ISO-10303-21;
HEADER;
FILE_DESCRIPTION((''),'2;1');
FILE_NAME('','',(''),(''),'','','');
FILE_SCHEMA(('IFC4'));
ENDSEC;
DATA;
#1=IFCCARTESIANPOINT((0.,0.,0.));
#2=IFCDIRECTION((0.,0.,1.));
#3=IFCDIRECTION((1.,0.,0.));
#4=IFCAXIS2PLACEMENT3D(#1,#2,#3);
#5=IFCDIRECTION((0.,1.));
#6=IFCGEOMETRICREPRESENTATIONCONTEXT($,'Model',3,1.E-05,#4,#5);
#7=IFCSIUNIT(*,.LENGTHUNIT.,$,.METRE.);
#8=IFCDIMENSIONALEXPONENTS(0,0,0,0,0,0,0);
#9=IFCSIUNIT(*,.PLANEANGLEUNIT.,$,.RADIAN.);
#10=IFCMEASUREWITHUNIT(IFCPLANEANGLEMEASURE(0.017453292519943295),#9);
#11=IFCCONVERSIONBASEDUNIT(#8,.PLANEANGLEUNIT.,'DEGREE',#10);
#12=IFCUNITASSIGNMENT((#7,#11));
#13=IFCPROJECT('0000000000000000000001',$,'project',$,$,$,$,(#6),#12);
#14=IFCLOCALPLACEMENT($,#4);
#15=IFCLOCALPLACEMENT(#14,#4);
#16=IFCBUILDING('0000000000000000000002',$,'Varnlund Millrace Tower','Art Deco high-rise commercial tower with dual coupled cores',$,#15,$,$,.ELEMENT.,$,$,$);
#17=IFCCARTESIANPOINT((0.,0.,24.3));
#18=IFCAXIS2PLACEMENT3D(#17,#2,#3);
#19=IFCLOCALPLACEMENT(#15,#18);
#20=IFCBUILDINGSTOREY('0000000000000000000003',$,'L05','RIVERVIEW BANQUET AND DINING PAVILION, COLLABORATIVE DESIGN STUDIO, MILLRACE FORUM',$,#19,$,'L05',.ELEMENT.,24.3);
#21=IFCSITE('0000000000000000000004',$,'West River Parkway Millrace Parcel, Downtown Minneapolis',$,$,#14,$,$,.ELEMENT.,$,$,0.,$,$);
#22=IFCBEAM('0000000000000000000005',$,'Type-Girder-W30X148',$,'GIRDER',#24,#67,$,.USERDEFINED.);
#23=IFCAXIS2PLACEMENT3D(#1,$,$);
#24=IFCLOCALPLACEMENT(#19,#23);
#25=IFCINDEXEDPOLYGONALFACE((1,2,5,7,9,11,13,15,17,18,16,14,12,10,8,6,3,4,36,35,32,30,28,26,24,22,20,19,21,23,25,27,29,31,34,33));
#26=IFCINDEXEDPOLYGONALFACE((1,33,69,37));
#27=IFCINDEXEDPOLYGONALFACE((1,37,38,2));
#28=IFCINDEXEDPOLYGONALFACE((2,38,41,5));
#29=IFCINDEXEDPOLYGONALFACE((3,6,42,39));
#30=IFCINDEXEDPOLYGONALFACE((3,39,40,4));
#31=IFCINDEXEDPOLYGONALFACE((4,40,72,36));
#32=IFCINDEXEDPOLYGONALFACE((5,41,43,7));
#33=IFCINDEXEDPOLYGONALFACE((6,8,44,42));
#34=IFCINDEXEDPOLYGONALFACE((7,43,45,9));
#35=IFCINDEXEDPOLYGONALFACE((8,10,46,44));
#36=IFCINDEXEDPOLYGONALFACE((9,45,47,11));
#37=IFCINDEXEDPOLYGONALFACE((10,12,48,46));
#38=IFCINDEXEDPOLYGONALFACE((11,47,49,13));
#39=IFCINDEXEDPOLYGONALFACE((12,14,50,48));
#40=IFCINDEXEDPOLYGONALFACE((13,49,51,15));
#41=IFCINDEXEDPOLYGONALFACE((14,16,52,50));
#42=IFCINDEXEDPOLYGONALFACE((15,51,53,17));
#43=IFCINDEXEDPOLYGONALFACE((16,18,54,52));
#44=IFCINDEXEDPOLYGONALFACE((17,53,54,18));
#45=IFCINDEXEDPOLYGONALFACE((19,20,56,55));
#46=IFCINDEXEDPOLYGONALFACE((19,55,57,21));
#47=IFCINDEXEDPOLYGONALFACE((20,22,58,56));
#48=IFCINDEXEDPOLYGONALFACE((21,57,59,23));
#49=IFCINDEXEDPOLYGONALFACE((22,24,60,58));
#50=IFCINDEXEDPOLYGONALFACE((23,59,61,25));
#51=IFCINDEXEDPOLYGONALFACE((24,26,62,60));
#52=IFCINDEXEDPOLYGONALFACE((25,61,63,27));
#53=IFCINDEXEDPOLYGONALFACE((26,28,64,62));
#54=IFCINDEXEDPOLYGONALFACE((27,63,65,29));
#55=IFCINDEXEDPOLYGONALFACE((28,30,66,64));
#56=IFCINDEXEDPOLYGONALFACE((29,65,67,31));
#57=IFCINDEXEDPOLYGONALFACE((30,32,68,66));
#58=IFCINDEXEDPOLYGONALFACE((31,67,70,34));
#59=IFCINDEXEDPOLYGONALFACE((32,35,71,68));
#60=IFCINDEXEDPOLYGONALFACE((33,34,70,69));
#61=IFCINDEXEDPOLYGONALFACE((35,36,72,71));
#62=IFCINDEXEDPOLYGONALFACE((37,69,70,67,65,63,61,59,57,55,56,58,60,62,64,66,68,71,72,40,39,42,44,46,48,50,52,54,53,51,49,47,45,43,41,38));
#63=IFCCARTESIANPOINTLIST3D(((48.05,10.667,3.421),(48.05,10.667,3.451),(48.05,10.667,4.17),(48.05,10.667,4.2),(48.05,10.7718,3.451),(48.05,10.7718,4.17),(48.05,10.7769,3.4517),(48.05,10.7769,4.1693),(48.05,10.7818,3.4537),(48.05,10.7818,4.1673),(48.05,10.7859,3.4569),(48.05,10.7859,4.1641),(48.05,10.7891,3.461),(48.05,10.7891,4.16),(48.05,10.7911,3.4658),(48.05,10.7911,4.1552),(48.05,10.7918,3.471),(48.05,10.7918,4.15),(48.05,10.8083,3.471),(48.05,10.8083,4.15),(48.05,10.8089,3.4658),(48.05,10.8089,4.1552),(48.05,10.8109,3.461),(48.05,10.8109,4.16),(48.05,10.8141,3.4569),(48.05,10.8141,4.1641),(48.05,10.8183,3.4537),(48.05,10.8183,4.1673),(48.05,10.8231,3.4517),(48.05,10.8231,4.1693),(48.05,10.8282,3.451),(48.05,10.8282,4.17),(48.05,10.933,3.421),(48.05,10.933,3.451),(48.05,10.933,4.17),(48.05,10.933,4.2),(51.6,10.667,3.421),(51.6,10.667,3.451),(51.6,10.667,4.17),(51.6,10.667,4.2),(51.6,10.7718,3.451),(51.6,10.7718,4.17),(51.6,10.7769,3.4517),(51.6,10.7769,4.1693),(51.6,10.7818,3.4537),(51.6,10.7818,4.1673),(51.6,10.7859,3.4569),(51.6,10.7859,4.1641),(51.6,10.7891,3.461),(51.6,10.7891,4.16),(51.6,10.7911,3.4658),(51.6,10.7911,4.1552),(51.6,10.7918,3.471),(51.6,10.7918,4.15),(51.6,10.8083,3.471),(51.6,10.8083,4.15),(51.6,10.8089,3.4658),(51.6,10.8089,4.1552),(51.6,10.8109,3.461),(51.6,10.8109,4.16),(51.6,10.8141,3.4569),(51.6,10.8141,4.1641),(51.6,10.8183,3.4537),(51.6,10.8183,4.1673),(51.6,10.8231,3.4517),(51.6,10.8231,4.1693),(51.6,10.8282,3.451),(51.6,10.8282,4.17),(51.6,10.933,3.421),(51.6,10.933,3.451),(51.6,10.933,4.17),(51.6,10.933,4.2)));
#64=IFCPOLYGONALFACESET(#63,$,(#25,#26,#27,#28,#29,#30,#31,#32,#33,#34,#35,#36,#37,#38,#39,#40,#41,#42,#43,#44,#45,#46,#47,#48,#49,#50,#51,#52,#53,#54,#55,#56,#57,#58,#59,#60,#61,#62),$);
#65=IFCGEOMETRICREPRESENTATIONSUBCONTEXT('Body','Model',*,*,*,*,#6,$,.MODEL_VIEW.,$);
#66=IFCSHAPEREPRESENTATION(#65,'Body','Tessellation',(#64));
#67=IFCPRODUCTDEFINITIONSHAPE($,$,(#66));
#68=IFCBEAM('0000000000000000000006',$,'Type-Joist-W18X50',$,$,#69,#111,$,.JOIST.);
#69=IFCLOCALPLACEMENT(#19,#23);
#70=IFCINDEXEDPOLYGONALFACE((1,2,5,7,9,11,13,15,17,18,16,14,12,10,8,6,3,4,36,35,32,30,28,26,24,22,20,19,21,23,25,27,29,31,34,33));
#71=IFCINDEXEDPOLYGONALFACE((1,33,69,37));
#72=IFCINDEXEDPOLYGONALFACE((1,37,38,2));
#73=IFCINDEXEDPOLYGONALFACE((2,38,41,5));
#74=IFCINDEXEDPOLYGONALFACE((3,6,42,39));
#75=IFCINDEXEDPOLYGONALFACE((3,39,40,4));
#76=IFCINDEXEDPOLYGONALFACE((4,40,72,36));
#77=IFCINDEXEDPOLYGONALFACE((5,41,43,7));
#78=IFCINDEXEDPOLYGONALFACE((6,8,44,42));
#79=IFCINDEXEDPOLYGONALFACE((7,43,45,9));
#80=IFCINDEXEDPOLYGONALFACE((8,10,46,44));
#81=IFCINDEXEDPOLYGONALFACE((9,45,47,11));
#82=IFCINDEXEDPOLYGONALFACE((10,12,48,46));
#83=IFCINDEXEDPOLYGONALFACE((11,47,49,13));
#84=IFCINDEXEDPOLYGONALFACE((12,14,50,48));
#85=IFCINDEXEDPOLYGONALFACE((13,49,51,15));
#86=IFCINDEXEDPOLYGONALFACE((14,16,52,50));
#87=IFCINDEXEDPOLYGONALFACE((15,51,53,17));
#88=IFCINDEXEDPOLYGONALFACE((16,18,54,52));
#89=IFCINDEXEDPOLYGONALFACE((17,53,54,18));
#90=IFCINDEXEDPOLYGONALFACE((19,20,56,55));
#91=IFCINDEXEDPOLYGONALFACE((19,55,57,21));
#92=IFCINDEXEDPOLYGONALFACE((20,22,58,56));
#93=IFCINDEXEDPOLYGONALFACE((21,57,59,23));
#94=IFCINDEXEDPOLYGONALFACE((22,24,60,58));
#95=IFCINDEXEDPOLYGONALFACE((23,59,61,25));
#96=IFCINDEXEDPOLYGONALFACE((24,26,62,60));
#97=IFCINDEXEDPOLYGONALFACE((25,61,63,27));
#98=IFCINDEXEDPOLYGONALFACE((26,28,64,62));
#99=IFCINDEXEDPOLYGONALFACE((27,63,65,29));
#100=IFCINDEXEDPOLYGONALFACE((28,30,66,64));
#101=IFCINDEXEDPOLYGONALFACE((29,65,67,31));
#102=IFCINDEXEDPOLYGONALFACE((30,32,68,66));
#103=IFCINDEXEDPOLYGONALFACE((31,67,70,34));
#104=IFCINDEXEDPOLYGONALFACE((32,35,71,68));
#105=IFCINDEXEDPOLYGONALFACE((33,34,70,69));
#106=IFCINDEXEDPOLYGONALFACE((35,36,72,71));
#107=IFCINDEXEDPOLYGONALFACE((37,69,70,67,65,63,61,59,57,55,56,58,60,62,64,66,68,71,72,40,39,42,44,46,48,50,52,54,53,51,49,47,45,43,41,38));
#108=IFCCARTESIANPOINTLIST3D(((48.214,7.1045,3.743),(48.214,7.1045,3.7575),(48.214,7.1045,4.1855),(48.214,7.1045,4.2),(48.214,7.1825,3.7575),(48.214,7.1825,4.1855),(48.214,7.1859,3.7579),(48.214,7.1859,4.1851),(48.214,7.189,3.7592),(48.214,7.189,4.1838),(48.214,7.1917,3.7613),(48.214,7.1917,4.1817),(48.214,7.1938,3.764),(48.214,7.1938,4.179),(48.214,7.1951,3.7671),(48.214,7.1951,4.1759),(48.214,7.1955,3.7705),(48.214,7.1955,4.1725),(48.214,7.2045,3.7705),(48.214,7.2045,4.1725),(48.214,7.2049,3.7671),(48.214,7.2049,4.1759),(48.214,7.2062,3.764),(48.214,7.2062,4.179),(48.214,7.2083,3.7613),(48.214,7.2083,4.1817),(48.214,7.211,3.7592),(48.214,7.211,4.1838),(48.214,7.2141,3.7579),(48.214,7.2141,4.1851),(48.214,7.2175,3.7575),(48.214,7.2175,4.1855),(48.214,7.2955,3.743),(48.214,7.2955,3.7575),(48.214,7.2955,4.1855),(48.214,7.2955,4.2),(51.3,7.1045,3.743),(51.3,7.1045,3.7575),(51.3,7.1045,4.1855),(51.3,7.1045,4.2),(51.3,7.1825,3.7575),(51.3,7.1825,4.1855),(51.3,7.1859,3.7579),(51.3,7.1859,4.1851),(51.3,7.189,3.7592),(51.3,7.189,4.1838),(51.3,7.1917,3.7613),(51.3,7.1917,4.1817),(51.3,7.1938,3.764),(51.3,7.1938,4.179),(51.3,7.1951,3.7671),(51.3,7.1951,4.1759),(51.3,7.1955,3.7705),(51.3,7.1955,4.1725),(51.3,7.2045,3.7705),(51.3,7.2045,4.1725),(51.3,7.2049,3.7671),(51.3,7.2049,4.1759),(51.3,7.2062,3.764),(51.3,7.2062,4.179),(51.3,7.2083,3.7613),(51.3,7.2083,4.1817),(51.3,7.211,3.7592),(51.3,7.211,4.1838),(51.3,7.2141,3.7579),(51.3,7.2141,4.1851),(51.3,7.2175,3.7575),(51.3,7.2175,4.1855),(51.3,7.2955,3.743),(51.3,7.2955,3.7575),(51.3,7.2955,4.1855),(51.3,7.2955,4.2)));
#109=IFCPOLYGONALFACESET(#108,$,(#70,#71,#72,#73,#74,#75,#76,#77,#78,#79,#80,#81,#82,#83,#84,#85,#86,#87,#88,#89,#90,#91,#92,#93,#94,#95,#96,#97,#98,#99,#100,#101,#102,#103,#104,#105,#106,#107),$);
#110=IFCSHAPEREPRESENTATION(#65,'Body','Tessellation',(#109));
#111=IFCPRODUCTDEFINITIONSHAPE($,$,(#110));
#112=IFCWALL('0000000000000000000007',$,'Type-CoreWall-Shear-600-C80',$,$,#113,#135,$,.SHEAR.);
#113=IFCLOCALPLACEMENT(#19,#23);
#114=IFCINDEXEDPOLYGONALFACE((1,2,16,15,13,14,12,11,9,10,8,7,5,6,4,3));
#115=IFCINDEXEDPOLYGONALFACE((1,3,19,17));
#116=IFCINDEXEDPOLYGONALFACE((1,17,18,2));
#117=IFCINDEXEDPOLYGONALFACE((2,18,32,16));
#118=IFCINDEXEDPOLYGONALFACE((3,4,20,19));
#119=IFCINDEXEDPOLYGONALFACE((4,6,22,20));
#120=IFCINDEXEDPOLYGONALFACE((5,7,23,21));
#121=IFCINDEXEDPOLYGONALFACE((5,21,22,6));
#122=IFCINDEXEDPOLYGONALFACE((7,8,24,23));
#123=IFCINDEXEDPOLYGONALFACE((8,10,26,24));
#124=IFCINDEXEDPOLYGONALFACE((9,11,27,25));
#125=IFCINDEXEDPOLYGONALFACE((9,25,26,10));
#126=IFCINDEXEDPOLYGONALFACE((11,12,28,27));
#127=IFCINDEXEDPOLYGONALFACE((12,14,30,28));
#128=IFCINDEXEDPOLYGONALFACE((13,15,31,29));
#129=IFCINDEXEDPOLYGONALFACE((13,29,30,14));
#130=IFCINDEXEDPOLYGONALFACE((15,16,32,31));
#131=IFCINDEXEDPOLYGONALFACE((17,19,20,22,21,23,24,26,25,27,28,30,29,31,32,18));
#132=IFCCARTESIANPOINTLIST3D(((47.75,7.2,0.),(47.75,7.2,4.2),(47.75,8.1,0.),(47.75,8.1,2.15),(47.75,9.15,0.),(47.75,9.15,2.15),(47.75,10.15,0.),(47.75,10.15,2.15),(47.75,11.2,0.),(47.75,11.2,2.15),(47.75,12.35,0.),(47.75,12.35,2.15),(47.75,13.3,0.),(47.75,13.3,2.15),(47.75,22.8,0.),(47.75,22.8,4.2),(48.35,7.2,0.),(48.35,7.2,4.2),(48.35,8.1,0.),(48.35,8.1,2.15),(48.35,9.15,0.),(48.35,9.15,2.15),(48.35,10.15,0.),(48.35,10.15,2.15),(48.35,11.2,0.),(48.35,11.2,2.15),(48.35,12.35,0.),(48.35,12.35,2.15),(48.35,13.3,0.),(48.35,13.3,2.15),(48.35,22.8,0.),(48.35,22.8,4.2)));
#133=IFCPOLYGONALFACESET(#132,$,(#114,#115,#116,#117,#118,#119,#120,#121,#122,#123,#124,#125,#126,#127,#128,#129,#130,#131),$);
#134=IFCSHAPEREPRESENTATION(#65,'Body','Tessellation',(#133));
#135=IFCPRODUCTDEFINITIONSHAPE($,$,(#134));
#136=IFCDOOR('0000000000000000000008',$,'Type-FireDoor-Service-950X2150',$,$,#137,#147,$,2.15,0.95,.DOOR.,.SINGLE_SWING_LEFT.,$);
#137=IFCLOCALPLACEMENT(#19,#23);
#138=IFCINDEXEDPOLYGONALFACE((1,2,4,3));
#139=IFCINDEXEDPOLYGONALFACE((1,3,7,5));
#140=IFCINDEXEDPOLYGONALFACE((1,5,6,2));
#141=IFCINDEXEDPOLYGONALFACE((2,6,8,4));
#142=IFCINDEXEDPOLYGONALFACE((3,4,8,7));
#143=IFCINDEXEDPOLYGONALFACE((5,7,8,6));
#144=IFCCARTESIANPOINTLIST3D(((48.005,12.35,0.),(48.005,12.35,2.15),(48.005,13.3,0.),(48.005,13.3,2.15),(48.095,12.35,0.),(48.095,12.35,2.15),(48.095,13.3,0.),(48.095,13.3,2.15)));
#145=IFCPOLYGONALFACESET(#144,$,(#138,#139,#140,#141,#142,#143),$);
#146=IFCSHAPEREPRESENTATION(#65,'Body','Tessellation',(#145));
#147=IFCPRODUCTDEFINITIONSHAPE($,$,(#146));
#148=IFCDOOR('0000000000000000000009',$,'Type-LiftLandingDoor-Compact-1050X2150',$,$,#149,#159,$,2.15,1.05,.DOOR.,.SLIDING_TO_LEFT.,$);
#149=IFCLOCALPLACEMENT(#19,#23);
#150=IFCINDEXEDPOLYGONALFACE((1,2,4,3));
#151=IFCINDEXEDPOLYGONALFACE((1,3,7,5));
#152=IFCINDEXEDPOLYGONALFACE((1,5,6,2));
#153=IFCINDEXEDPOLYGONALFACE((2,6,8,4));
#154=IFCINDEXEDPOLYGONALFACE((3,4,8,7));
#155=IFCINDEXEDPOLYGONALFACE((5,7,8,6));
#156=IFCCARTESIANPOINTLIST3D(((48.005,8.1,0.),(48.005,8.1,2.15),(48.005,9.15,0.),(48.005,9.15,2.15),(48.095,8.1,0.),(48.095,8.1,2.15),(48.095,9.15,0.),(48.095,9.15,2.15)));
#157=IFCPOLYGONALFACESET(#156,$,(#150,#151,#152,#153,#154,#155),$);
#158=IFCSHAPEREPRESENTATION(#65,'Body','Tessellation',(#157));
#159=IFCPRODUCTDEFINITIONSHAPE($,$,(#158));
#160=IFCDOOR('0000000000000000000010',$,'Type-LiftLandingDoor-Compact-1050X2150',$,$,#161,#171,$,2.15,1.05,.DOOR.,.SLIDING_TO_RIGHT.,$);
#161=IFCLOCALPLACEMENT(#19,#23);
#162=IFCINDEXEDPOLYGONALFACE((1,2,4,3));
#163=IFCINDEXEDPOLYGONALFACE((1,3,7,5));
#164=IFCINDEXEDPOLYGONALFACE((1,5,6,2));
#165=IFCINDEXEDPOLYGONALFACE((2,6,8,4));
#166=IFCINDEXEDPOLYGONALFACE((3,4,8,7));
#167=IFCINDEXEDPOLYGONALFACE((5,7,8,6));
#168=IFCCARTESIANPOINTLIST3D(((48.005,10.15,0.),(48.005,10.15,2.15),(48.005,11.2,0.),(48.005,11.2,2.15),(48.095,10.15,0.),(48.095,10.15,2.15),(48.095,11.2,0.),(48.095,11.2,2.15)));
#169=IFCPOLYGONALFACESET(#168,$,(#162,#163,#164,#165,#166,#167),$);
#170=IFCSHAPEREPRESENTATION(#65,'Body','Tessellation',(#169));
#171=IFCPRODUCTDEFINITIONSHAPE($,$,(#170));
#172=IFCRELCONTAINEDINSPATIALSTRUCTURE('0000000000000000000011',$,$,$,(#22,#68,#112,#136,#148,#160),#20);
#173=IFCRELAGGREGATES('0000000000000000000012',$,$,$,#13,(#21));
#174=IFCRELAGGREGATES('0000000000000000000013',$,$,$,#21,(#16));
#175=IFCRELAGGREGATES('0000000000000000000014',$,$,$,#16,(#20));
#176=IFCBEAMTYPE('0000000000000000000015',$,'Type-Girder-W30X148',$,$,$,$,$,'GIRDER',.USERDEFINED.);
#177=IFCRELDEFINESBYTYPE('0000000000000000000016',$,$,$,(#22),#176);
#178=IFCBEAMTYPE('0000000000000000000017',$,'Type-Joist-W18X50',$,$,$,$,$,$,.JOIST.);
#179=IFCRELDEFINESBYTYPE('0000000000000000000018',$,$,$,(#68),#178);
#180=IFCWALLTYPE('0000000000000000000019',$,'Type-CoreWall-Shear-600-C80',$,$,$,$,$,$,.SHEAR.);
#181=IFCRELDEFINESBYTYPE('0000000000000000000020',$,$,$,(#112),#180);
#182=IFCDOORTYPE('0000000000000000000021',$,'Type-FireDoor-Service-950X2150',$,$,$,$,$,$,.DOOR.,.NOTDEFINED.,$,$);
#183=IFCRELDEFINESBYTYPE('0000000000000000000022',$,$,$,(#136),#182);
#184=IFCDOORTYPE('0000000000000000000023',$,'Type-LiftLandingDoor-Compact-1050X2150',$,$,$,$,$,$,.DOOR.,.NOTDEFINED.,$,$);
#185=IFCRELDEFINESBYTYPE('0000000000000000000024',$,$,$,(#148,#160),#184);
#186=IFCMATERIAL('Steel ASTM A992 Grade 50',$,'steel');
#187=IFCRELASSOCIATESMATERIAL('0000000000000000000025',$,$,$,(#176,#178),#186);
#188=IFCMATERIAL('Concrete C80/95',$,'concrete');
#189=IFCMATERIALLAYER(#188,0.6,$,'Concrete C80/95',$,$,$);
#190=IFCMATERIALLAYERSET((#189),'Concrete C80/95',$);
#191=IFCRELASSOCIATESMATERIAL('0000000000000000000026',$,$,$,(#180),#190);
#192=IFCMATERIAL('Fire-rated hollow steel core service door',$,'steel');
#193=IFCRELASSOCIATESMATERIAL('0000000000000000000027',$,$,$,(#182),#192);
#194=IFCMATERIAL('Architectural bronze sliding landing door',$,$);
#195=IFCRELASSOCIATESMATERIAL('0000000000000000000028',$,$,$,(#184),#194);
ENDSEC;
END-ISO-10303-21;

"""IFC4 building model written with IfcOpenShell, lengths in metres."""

from ifc_helpers import new_model, entity, si_unit, converted_unit, direction, frame, origin_with_axes, origin_2d_with_axis, place, context, subcontext, project, spatial, polyline, rectangle, i_section, outline, extrude, material, layer, layer_set, material_profile, profile_set, type_object, element, fill, save


model = new_model("IFC4")

# Units and contexts
model_context = context("Model", 3, precision=1e-05, world=origin_with_axes(), true_north=direction((0.0, 1.0)))
body_context = subcontext(model_context, "Body", "Model", "MODEL_VIEW")
ifc_project = project(units=[si_unit("LENGTHUNIT", "METRE"), converted_unit("PLANEANGLEUNIT", "DEGREE", entity("IfcPlaneAngleMeasure", 0.017453292519943295), si_unit("PLANEANGLEUNIT", "RADIAN"), dimensions=[0, 0, 0, 0, 0, 0, 0])], contexts=[model_context])

# Site, building, storey
site_placement = place(None, origin_with_axes())
site = spatial("IfcSite", under=ifc_project, at=site_placement, Name="West River Parkway Millrace Parcel, Downtown Minneapolis", CompositionType="ELEMENT", RefElevation=0.0)
building_placement = place(site_placement, origin_with_axes())
building = spatial("IfcBuilding", under=site, at=building_placement, Name="Varnlund Millrace Tower", Description="Art Deco high-rise commercial tower with dual coupled cores", CompositionType="ELEMENT")
storey_placement = place(building_placement, frame((0.0, 0.0, 24.3), z_axis=(0.0, 0.0, 1.0), x_axis=(1.0, 0.0, 0.0)))
storey = spatial("IfcBuildingStorey", under=building, at=storey_placement, Name="L05", Description="RIVERVIEW BANQUET AND DINING PAVILION, COLLABORATIVE DESIGN STUDIO, MILLRACE FORUM", LongName="L05", CompositionType="ELEMENT", Elevation=24.3)

# Shared definitions
ifc_material_1 = material(Name="Concrete C80/95", Category="concrete")

# Beams
ifc_material_2 = material(Name="Steel ASTM A992 Grade 50", Category="steel")
ifc_material_profile_1 = material_profile(ifc_material_2, i_section(OverallWidth=0.266, OverallDepth=0.779, WebThickness=0.0165, FlangeThickness=0.03, FilletRadius=0.02, at=origin_2d_with_axis()), Name="Steel ASTM A992 Grade 50")
ifc_profile_set_1 = profile_set([ifc_material_profile_1], Name="Steel ASTM A992 Grade 50")
beam_type_1 = type_object("IfcBeamType", Name="Type-Girder-W30X148", ElementType="GIRDER", PredefinedType="USERDEFINED", material=ifc_profile_set_1)
for number, where, z_axis, x_axis, name in (
    (1, (48.05, 10.8, 3.8105), (1.0, 0.0, 0.0), (0.0, 1.0, 0.0), "Type-Girder-W30X148"),
):
    element("IfcBeam", number, at=place(storey_placement, frame(where, z_axis=z_axis, x_axis=x_axis)), inside=storey, type_object=beam_type_1, Name=name, ObjectType="GIRDER", PredefinedType="USERDEFINED", context=body_context, shape_type="SweptSolid", body=[
        extrude(i_section(OverallWidth=0.266, OverallDepth=0.779, WebThickness=0.0165, FlangeThickness=0.03, FilletRadius=0.02, at=origin_2d_with_axis()), origin_with_axes(), (0.0, 0.0, 1.0), 3.55),
    ])
ifc_material_profile_2 = material_profile(ifc_material_2, i_section(OverallWidth=0.191, OverallDepth=0.457, WebThickness=0.009, FlangeThickness=0.0145, FilletRadius=0.013, at=origin_2d_with_axis()), Name="Steel ASTM A992 Grade 50")
ifc_profile_set_2 = profile_set([ifc_material_profile_2], Name="Steel ASTM A992 Grade 50")
beam_type_2 = type_object("IfcBeamType", Name="Type-Joist-W18X50", PredefinedType="JOIST", material=ifc_profile_set_2)
beam_1_placement = place(storey_placement, frame((48.214, 7.2, 3.9715), z_axis=(1.0, 0.0, 0.0), x_axis=(0.0, 1.0, 0.0)))
element("IfcBeam", 2, at=beam_1_placement, inside=storey, type_object=beam_type_2, Name="Type-Joist-W18X50", PredefinedType="JOIST", context=body_context, shape_type="SweptSolid", body=[
    extrude(i_section(OverallWidth=0.191, OverallDepth=0.457, WebThickness=0.009, FlangeThickness=0.0145, FilletRadius=0.013, at=origin_2d_with_axis()), origin_with_axes(), (0.0, 0.0, 1.0), 3.086),
])

# Wall, openings, doors
ifc_layer_1 = layer(ifc_material_1, 0.6, Name="Concrete C80/95")
ifc_layer_set_1 = layer_set([ifc_layer_1], Name="Concrete C80/95")
wall_type_1 = type_object("IfcWallType", Name="Type-CoreWall-Shear-600-C80", PredefinedType="SHEAR", material=ifc_layer_set_1)
wall_1_placement = place(storey_placement, frame((48.05, 7.2, 0.0), z_axis=(0.0, 0.0, 1.0), x_axis=(0.0, 1.0, 0.0)))
wall_1 = element("IfcWall", 3, at=wall_1_placement, inside=storey, type_object=wall_type_1, Name="Type-CoreWall-Shear-600-C80", PredefinedType="SHEAR", context=body_context, shape_type="SweptSolid", body=[
    extrude(outline(polyline([(0.0, -0.3), (15.6, -0.3), (15.6, 0.3), (0.0, 0.3), (0.0, -0.3)])), origin_with_axes(), (0.0, 0.0, 1.0), 4.2),
])
opening_1_placement = place(wall_1_placement, frame((1.425, 0.0, 0.0), z_axis=(0.0, 0.0, 1.0), x_axis=(1.0, 0.0, 0.0)))
opening_1 = element("IfcOpeningElement", 4, at=opening_1_placement, cuts=wall_1, PredefinedType="OPENING", context=body_context, shape_type="SweptSolid", body=[
    extrude(rectangle(XDim=1.05, YDim=0.62, at=origin_2d_with_axis()), origin_with_axes(), (0.0, 0.0, 1.0), 2.15),
])
opening_2_placement = place(wall_1_placement, frame((3.475, 0.0, 0.0), z_axis=(0.0, 0.0, 1.0), x_axis=(1.0, 0.0, 0.0)))
opening_2 = element("IfcOpeningElement", 5, at=opening_2_placement, cuts=wall_1, PredefinedType="OPENING", context=body_context, shape_type="SweptSolid", body=[
    extrude(rectangle(XDim=1.05, YDim=0.62, at=origin_2d_with_axis()), origin_with_axes(), (0.0, 0.0, 1.0), 2.15),
])
opening_3_placement = place(wall_1_placement, frame((5.625, 0.0, 0.0), z_axis=(0.0, 0.0, 1.0), x_axis=(1.0, 0.0, 0.0)))
opening_3 = element("IfcOpeningElement", 6, at=opening_3_placement, cuts=wall_1, PredefinedType="OPENING", context=body_context, shape_type="SweptSolid", body=[
    extrude(rectangle(XDim=0.95, YDim=0.62, at=origin_2d_with_axis()), origin_with_axes(), (0.0, 0.0, 1.0), 2.15),
])
ifc_material_3 = material(Name="Fire-rated hollow steel core service door", Category="steel")
door_type_1 = type_object("IfcDoorType", Name="Type-FireDoor-Service-950X2150", OperationType="NOTDEFINED", PredefinedType="DOOR", material=ifc_material_3)
door_1_placement = place(wall_1_placement, frame((5.625, 0.0, 0.0), z_axis=(0.0, 0.0, 1.0), x_axis=(1.0, 0.0, 0.0)))
door_1 = element("IfcDoor", 7, at=door_1_placement, inside=storey, type_object=door_type_1, Name="Type-FireDoor-Service-950X2150", OperationType="SINGLE_SWING_LEFT", OverallHeight=2.15, OverallWidth=0.95, PredefinedType="DOOR", context=body_context, shape_type="SweptSolid", body=[
    extrude(rectangle(XDim=0.95, YDim=0.09, at=origin_2d_with_axis()), origin_with_axes(), (0.0, 0.0, 1.0), 2.15),
])
fill(opening_3, door_1)
ifc_material_4 = material(Name="Architectural bronze sliding landing door")
door_type_2 = type_object("IfcDoorType", Name="Type-LiftLandingDoor-Compact-1050X2150", OperationType="NOTDEFINED", PredefinedType="DOOR", material=ifc_material_4)
door_2_placement = place(wall_1_placement, frame((1.425, 0.0, 0.0), z_axis=(0.0, 0.0, 1.0), x_axis=(1.0, 0.0, 0.0)))
door_2 = element("IfcDoor", 8, at=door_2_placement, inside=storey, type_object=door_type_2, Name="Type-LiftLandingDoor-Compact-1050X2150", OperationType="SLIDING_TO_LEFT", OverallHeight=2.15, OverallWidth=1.05, PredefinedType="DOOR", context=body_context, shape_type="SweptSolid", body=[
    extrude(rectangle(XDim=1.05, YDim=0.09, at=origin_2d_with_axis()), origin_with_axes(), (0.0, 0.0, 1.0), 2.15),
])
fill(opening_1, door_2)
door_3_placement = place(wall_1_placement, frame((3.475, 0.0, 0.0), z_axis=(0.0, 0.0, 1.0), x_axis=(1.0, 0.0, 0.0)))
door_3 = element("IfcDoor", 9, at=door_3_placement, inside=storey, type_object=door_type_2, Name="Type-LiftLandingDoor-Compact-1050X2150", OperationType="SLIDING_TO_RIGHT", OverallHeight=2.15, OverallWidth=1.05, PredefinedType="DOOR", context=body_context, shape_type="SweptSolid", body=[
    extrude(rectangle(XDim=1.05, YDim=0.09, at=origin_2d_with_axis()), origin_with_axes(), (0.0, 0.0, 1.0), 2.15),
])
fill(opening_2, door_3)

save(model, "model.ifc")
